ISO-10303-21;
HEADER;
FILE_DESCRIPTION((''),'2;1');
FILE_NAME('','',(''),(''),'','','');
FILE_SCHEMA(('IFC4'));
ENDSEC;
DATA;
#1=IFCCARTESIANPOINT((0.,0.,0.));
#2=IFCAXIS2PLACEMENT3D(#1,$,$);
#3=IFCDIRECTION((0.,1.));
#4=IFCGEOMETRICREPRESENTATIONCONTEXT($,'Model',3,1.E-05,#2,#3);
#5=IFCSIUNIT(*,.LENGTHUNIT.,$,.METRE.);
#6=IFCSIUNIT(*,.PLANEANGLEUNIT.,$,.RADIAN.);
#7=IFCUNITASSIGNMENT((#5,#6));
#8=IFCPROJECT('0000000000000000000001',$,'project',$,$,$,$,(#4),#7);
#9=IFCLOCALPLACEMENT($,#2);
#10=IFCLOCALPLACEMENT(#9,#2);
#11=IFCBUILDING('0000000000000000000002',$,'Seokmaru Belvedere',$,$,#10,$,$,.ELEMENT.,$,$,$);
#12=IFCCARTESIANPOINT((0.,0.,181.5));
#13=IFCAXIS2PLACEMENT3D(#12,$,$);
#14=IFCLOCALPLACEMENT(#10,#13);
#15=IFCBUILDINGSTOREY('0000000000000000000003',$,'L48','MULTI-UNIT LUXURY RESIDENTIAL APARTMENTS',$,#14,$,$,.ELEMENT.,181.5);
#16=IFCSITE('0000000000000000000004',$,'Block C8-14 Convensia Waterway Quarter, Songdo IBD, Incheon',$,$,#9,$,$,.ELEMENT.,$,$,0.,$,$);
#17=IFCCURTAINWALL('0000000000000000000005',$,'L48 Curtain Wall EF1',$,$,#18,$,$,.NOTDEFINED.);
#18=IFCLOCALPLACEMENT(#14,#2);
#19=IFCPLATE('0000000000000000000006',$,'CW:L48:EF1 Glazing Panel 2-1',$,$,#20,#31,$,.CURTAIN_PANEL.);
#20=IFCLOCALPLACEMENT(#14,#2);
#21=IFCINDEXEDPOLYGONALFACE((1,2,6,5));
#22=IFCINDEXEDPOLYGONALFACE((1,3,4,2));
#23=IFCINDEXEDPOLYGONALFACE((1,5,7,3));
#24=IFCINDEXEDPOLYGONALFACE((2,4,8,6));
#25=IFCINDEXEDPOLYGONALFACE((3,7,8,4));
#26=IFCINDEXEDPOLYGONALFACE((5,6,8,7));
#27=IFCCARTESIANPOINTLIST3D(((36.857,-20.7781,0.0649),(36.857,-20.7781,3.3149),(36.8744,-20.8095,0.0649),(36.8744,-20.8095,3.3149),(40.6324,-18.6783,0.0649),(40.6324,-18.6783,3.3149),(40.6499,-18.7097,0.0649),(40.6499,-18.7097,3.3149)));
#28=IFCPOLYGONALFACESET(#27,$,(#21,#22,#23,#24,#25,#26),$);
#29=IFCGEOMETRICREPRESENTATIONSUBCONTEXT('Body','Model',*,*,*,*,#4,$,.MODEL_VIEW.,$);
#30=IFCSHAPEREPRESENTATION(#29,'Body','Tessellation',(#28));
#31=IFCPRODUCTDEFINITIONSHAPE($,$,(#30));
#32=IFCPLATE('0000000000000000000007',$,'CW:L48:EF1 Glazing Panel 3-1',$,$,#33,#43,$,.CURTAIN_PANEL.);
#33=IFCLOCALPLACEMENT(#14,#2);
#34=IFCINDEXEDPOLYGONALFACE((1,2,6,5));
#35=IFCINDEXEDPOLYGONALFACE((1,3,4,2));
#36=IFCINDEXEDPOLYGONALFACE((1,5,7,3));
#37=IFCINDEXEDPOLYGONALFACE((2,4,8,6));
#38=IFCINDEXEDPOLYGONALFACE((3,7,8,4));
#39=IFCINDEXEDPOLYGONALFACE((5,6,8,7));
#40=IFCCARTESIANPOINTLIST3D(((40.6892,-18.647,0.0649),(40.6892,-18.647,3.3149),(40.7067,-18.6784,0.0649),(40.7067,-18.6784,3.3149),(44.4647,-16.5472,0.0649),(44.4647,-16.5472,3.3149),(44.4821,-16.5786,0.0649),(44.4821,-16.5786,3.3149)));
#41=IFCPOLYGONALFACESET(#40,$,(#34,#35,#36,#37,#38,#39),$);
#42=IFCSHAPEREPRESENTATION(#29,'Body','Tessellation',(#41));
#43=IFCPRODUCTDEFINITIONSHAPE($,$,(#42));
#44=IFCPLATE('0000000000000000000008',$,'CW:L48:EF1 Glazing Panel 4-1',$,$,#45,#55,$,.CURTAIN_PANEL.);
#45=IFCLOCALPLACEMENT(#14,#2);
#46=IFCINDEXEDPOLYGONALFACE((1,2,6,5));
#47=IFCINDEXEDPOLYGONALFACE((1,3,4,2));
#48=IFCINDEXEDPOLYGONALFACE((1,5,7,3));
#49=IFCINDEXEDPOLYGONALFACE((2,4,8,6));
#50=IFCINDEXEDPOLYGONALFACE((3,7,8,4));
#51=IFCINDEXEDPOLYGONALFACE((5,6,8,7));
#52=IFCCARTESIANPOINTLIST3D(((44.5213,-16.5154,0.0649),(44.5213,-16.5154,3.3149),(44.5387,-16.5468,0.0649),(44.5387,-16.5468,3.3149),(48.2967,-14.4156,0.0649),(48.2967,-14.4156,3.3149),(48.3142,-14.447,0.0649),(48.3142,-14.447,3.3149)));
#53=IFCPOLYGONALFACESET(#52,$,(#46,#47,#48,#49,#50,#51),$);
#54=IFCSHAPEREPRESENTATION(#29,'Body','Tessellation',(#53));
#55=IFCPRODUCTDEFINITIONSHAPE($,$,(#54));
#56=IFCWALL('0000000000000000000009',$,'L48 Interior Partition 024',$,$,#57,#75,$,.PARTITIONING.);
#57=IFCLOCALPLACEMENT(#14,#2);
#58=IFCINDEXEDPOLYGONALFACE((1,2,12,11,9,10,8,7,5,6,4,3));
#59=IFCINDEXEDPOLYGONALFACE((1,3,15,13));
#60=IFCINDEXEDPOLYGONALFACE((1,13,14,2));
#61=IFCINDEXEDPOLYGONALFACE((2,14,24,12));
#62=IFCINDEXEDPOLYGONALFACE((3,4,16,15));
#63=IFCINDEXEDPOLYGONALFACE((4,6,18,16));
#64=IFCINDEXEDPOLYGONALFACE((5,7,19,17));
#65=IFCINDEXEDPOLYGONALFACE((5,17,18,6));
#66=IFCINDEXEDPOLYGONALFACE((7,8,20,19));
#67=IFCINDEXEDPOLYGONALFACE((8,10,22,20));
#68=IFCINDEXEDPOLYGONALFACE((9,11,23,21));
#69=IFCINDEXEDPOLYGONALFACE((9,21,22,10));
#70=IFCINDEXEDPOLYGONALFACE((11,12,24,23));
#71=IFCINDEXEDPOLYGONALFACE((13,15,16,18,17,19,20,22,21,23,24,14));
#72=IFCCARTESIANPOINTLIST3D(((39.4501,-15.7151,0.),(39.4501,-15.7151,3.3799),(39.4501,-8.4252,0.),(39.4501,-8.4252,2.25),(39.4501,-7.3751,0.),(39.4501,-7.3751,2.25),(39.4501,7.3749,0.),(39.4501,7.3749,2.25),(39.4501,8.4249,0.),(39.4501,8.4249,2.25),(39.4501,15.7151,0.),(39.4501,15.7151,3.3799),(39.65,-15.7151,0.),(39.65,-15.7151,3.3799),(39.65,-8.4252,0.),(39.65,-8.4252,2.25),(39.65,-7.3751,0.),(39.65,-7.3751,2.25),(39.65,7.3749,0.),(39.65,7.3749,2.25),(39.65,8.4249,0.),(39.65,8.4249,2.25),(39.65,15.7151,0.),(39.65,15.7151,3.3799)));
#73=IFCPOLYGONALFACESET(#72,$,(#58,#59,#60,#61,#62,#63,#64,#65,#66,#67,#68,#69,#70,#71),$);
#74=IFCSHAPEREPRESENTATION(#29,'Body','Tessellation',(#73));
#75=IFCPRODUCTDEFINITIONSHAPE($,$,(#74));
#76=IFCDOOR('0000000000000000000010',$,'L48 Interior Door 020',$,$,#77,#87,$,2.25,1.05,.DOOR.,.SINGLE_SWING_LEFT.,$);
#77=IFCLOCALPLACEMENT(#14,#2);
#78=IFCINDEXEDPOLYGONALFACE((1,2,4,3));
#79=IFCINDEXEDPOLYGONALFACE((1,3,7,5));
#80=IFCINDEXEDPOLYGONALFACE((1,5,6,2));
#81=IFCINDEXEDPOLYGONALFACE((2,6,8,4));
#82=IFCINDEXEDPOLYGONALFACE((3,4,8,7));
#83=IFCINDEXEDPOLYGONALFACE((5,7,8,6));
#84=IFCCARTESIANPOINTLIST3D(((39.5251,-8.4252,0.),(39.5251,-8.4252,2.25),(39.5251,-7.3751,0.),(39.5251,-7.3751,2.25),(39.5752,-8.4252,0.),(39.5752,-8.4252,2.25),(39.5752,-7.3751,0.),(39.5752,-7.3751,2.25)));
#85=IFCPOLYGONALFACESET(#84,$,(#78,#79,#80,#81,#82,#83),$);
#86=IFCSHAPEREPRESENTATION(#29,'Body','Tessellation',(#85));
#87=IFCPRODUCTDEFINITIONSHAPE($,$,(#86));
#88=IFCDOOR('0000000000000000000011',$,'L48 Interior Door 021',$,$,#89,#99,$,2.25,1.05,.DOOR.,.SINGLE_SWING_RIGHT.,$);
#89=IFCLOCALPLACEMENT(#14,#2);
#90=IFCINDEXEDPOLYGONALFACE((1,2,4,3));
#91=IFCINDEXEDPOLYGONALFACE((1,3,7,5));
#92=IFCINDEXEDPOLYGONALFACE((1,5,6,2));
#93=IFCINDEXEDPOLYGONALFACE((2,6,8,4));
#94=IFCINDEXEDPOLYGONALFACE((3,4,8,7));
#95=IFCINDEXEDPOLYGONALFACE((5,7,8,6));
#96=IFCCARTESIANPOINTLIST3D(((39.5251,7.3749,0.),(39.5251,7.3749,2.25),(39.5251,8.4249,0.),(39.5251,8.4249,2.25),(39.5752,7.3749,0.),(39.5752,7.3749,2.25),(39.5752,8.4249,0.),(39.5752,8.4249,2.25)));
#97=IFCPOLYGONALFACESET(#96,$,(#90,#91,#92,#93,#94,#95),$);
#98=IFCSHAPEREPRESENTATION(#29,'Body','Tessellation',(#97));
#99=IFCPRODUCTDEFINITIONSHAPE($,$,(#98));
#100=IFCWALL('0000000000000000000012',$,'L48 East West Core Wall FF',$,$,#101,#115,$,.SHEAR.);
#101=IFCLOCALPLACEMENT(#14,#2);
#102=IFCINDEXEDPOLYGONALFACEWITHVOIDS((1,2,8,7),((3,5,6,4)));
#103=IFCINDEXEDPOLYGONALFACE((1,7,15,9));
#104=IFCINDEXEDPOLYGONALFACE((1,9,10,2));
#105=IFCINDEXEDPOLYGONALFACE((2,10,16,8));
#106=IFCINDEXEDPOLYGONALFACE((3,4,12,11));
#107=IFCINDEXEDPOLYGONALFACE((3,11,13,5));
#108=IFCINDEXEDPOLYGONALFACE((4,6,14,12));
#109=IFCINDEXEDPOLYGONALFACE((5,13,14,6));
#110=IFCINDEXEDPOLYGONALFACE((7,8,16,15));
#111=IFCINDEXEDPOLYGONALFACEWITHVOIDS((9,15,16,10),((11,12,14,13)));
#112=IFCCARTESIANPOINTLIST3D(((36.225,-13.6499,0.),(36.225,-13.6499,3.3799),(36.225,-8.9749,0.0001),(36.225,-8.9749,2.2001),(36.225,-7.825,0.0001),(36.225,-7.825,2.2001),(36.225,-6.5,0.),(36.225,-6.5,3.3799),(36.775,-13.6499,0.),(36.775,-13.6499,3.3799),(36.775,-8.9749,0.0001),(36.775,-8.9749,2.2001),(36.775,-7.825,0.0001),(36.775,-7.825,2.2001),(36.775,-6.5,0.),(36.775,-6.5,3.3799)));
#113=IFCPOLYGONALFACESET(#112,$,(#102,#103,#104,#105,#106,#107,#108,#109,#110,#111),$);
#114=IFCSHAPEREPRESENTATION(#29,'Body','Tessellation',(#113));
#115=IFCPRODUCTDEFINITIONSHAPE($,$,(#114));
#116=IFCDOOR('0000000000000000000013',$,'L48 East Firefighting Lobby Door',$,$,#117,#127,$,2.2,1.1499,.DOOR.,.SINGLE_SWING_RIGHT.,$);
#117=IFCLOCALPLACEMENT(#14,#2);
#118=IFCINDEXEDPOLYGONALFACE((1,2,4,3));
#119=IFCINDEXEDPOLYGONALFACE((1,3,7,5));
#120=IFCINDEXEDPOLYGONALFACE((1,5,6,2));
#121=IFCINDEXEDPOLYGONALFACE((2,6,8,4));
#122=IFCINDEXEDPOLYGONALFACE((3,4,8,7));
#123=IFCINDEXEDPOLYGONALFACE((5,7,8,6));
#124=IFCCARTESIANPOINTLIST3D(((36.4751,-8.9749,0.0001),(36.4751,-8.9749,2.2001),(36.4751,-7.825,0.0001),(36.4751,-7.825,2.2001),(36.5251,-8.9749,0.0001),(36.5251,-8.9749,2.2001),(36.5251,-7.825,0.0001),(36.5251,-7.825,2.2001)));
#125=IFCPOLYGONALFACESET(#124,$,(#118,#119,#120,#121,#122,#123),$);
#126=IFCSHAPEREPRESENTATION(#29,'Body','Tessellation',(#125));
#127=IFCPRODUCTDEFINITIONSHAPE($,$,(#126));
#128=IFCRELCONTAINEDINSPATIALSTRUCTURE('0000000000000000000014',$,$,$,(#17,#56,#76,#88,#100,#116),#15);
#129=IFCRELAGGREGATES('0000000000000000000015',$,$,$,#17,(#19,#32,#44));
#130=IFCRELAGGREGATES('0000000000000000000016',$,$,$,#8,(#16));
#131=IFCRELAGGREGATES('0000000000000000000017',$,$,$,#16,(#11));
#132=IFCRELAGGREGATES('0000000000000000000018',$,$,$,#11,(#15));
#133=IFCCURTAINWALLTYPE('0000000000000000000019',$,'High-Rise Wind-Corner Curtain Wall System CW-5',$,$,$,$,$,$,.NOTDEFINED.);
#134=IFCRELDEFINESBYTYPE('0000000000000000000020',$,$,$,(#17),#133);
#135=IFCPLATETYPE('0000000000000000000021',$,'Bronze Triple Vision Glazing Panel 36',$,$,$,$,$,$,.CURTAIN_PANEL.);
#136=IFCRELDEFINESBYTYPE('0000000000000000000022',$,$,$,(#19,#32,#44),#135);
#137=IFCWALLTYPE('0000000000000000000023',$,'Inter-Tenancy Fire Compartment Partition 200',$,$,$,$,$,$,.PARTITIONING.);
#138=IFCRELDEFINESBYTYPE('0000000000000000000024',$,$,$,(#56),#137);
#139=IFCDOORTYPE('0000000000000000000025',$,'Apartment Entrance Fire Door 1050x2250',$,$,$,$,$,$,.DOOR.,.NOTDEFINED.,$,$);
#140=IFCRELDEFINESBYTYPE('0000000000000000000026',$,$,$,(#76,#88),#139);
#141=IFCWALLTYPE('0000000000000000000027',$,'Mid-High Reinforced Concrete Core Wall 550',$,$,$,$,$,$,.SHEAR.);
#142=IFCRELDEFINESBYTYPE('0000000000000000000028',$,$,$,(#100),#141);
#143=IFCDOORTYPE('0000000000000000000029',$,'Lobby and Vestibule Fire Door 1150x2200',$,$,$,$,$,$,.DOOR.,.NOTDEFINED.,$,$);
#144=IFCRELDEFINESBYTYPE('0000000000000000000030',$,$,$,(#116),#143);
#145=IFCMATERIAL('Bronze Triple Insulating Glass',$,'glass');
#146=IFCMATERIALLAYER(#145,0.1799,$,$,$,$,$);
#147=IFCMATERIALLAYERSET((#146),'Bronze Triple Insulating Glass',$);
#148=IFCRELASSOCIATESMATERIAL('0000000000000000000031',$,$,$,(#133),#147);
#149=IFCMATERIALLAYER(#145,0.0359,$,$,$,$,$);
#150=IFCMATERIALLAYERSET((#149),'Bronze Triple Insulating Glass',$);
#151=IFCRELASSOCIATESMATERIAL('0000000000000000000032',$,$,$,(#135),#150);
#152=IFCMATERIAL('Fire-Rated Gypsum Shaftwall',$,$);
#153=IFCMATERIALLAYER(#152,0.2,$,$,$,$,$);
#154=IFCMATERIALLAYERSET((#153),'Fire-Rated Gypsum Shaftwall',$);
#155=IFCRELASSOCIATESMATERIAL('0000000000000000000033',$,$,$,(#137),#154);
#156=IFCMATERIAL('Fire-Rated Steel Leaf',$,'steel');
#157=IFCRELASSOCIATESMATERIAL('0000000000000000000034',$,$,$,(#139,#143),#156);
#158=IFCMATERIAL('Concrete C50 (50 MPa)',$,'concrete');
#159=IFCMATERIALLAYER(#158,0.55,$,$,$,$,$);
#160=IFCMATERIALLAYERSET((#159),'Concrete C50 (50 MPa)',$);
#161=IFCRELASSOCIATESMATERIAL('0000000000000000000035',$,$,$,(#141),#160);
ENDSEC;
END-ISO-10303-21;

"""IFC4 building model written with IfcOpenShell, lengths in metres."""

from ifc_helpers import new_model, si_unit, direction, frame, frame_2d, origin, origin_2d, place, context, subcontext, project, spatial, rectangle, extrude, source, transform, mapped, material, layer, layer_set, type_object, type_shapes, element, fill, aggregate, save


model = new_model("IFC4")

# Units and contexts
model_context = context("Model", 3, precision=1e-05, world=origin(), true_north=direction((0.0, 1.0)))
body_context = subcontext(model_context, "Body", "Model", "MODEL_VIEW")
ifc_project = project(units=[si_unit("LENGTHUNIT", "METRE"), si_unit("PLANEANGLEUNIT", "RADIAN")], contexts=[model_context])

# Site, building, storey
site_placement = place(None, origin())
site = spatial("IfcSite", under=ifc_project, at=site_placement, Name="Block C8-14 Convensia Waterway Quarter, Songdo IBD, Incheon", CompositionType="ELEMENT", RefElevation=0.0)
building_placement = place(site_placement, origin())
building = spatial("IfcBuilding", under=site, at=building_placement, Name="Seokmaru Belvedere", CompositionType="ELEMENT")
storey_placement = place(building_placement, frame((0.0, 0.0, 181.5)))
storey = spatial("IfcBuildingStorey", under=building, at=storey_placement, Name="L48", Description="MULTI-UNIT LUXURY RESIDENTIAL APARTMENTS", CompositionType="ELEMENT", Elevation=181.5)

# Curtain wall, plates
ifc_material_1 = material(Name="Bronze Triple Insulating Glass", Category="glass")
ifc_layer_1 = layer(ifc_material_1, 0.1799)
ifc_layer_set_1 = layer_set([ifc_layer_1], Name="Bronze Triple Insulating Glass")
curtain_wall_type = type_object("IfcCurtainWallType", Name="High-Rise Wind-Corner Curtain Wall System CW-5", PredefinedType="NOTDEFINED", material=ifc_layer_set_1)
curtain_wall_placement = place(storey_placement, origin())
curtain_wall = element("IfcCurtainWall", 1, at=curtain_wall_placement, inside=storey, type_object=curtain_wall_type, Name="L48 Curtain Wall EF1", PredefinedType="NOTDEFINED")
ifc_layer_2 = layer(ifc_material_1, 0.0359)
ifc_layer_set_2 = layer_set([ifc_layer_2], Name="Bronze Triple Insulating Glass")
plate_type = type_object("IfcPlateType", Name="Bronze Triple Vision Glazing Panel 36", PredefinedType="CURTAIN_PANEL", material=ifc_layer_set_2)
shared_shape_1 = source(origin(), body_context, "Body", "SweptSolid", [
    extrude(rectangle(XDim=4.3201, YDim=0.0359, at=origin_2d()), origin(), (0.0, 0.0, 1.0), 3.25),
])
plate_1_placement = place(storey_placement, frame((38.7534, -19.7439, 0.0649), z_axis=(0.0, 0.0, 1.0), x_axis=(0.873933, 0.486047, 0.0)))
plate_1 = element("IfcPlate", 2, at=plate_1_placement, type_object=plate_type, Name="CW:L48:EF1 Glazing Panel 2-1", PredefinedType="CURTAIN_PANEL", context=body_context, shape_type="MappedRepresentation", body=[
    mapped(shared_shape_1, transform((0.0, 0.0, 0.0), scale=1.0)),
])
plate_2_placement = place(storey_placement, frame((42.5857, -17.6128, 0.0649), z_axis=(0.0, 0.0, 1.0), x_axis=(0.873933, 0.486047, 0.0)))
plate_2 = element("IfcPlate", 3, at=plate_2_placement, type_object=plate_type, Name="CW:L48:EF1 Glazing Panel 3-1", PredefinedType="CURTAIN_PANEL", context=body_context, shape_type="MappedRepresentation", body=[
    mapped(shared_shape_1, transform((0.0, 0.0, 0.0), scale=1.0)),
])
plate_3_placement = place(storey_placement, frame((46.4177, -15.4812, 0.0649), z_axis=(0.0, 0.0, 1.0), x_axis=(0.873933, 0.486047, 0.0)))
plate_3 = element("IfcPlate", 4, at=plate_3_placement, type_object=plate_type, Name="CW:L48:EF1 Glazing Panel 4-1", PredefinedType="CURTAIN_PANEL", context=body_context, shape_type="MappedRepresentation", body=[
    mapped(shared_shape_1, transform((0.0, 0.0, 0.0), scale=1.0)),
])
aggregate(curtain_wall, [plate_1, plate_2, plate_3])

# Wall, openings, doors
ifc_material_2 = material(Name="Fire-Rated Gypsum Shaftwall")
ifc_layer_3 = layer(ifc_material_2, 0.2)
ifc_layer_set_3 = layer_set([ifc_layer_3], Name="Fire-Rated Gypsum Shaftwall")
wall_type_1 = type_object("IfcWallType", Name="Inter-Tenancy Fire Compartment Partition 200", PredefinedType="PARTITIONING", material=ifc_layer_set_3)
wall_1_placement = place(storey_placement, frame((39.55, -15.7151, 0.0), z_axis=(0.0, 0.0, 1.0), x_axis=(0.0, 1.0, 0.0)))
wall_1 = element("IfcWall", 5, at=wall_1_placement, inside=storey, type_object=wall_type_1, Name="L48 Interior Partition 024", PredefinedType="PARTITIONING", context=body_context, shape_type="SweptSolid", body=[
    extrude(rectangle(XDim=31.4302, YDim=0.2, at=frame_2d((15.7151, 0.0))), origin(), (0.0, 0.0, 1.0), 3.3799),
])
opening_1_placement = place(wall_1_placement, frame((7.29, 0.0, 0.0)))
opening_1 = element("IfcOpeningElement", 6, at=opening_1_placement, cuts=wall_1, PredefinedType="OPENING", context=body_context, shape_type="SweptSolid", body=[
    extrude(rectangle(XDim=1.05, YDim=2.25, at=frame_2d((0.5249, 1.125))), frame((0.0, 0.1099, 0.0), z_axis=(0.0, -1.0, 0.0), x_axis=(1.0, 0.0, 0.0)), (0.0, 0.0, 1.0), 0.22),
])
opening_2_placement = place(wall_1_placement, frame((23.0901, 0.0, 0.0)))
opening_2 = element("IfcOpeningElement", 7, at=opening_2_placement, cuts=wall_1, PredefinedType="OPENING", context=body_context, shape_type="SweptSolid", body=[
    extrude(rectangle(XDim=1.05, YDim=2.25, at=frame_2d((0.5249, 1.125))), frame((0.0, 0.1099, 0.0), z_axis=(0.0, -1.0, 0.0), x_axis=(1.0, 0.0, 0.0)), (0.0, 0.0, 1.0), 0.22),
])
ifc_material_3 = material(Name="Fire-Rated Steel Leaf", Category="steel")
door_type_1 = type_object("IfcDoorType", Name="Apartment Entrance Fire Door 1050x2250", OperationType="NOTDEFINED", PredefinedType="DOOR", material=ifc_material_3)
shared_shape_2 = source(origin(), body_context, "Body", "SweptSolid", [
    extrude(rectangle(XDim=1.05, YDim=2.25, at=frame_2d((0.5249, 1.125))), frame((0.0, 0.0249, 0.0), z_axis=(0.0, -1.0, 0.0), x_axis=(1.0, 0.0, 0.0)), (0.0, 0.0, 1.0), 0.05),
])
type_shapes(door_type_1, [shared_shape_2])
door_1_placement = place(opening_1_placement, origin())
door_1 = element("IfcDoor", 8, at=door_1_placement, inside=storey, type_object=door_type_1, Name="L48 Interior Door 020", OperationType="SINGLE_SWING_LEFT", OverallHeight=2.25, OverallWidth=1.05, PredefinedType="DOOR", context=body_context, shape_type="MappedRepresentation", body=[
    mapped(shared_shape_2, transform((0.0, 0.0, 0.0), scale=1.0)),
])
fill(opening_1, door_1)
door_2_placement = place(opening_2_placement, origin())
door_2 = element("IfcDoor", 9, at=door_2_placement, inside=storey, type_object=door_type_1, Name="L48 Interior Door 021", OperationType="SINGLE_SWING_RIGHT", OverallHeight=2.25, OverallWidth=1.05, PredefinedType="DOOR", context=body_context, shape_type="MappedRepresentation", body=[
    mapped(shared_shape_2, transform((0.0, 0.0, 0.0), scale=1.0)),
])
fill(opening_2, door_2)

# Wall, opening, door
ifc_material_4 = material(Name="Concrete C50 (50 MPa)", Category="concrete")
ifc_layer_4 = layer(ifc_material_4, 0.55)
ifc_layer_set_4 = layer_set([ifc_layer_4], Name="Concrete C50 (50 MPa)")
wall_type_2 = type_object("IfcWallType", Name="Mid-High Reinforced Concrete Core Wall 550", PredefinedType="SHEAR", material=ifc_layer_set_4)
wall_2_placement = place(storey_placement, frame((36.5, -13.6499, 0.0), z_axis=(0.0, 0.0, 1.0), x_axis=(0.0, 1.0, 0.0)))
wall_2 = element("IfcWall", 10, at=wall_2_placement, inside=storey, type_object=wall_type_2, Name="L48 East West Core Wall FF", PredefinedType="SHEAR", context=body_context, shape_type="SweptSolid", body=[
    extrude(rectangle(XDim=7.1499, YDim=0.55, at=frame_2d((3.575, 0.0))), origin(), (0.0, 0.0, 1.0), 3.3799),
])
opening_3_placement = place(wall_2_placement, frame((4.675, 0.0, 0.0)))
opening_3 = element("IfcOpeningElement", 11, at=opening_3_placement, cuts=wall_2, PredefinedType="OPENING", context=body_context, shape_type="SweptSolid", body=[
    extrude(rectangle(XDim=1.1499, YDim=2.2, at=frame_2d((0.575, 1.1001))), frame((0.0, 0.2852, 0.0), z_axis=(0.0, -1.0, 0.0), x_axis=(1.0, 0.0, 0.0)), (0.0, 0.0, 1.0), 0.5701),
])
door_type_2 = type_object("IfcDoorType", Name="Lobby and Vestibule Fire Door 1150x2200", OperationType="NOTDEFINED", PredefinedType="DOOR", material=ifc_material_3)
shared_shape_3 = source(origin(), body_context, "Body", "SweptSolid", [
    extrude(rectangle(XDim=1.1499, YDim=2.2, at=frame_2d((0.575, 1.1001))), frame((0.0, 0.0249, 0.0), z_axis=(0.0, -1.0, 0.0), x_axis=(1.0, 0.0, 0.0)), (0.0, 0.0, 1.0), 0.05),
])
type_shapes(door_type_2, [shared_shape_3])
door_3_placement = place(opening_3_placement, origin())
door_3 = element("IfcDoor", 12, at=door_3_placement, inside=storey, type_object=door_type_2, Name="L48 East Firefighting Lobby Door", OperationType="SINGLE_SWING_RIGHT", OverallHeight=2.2, OverallWidth=1.1499, PredefinedType="DOOR", context=body_context, shape_type="MappedRepresentation", body=[
    mapped(shared_shape_3, transform((0.0, 0.0, 0.0), scale=1.0)),
])
fill(opening_3, door_3)

save(model, "model.ifc")
